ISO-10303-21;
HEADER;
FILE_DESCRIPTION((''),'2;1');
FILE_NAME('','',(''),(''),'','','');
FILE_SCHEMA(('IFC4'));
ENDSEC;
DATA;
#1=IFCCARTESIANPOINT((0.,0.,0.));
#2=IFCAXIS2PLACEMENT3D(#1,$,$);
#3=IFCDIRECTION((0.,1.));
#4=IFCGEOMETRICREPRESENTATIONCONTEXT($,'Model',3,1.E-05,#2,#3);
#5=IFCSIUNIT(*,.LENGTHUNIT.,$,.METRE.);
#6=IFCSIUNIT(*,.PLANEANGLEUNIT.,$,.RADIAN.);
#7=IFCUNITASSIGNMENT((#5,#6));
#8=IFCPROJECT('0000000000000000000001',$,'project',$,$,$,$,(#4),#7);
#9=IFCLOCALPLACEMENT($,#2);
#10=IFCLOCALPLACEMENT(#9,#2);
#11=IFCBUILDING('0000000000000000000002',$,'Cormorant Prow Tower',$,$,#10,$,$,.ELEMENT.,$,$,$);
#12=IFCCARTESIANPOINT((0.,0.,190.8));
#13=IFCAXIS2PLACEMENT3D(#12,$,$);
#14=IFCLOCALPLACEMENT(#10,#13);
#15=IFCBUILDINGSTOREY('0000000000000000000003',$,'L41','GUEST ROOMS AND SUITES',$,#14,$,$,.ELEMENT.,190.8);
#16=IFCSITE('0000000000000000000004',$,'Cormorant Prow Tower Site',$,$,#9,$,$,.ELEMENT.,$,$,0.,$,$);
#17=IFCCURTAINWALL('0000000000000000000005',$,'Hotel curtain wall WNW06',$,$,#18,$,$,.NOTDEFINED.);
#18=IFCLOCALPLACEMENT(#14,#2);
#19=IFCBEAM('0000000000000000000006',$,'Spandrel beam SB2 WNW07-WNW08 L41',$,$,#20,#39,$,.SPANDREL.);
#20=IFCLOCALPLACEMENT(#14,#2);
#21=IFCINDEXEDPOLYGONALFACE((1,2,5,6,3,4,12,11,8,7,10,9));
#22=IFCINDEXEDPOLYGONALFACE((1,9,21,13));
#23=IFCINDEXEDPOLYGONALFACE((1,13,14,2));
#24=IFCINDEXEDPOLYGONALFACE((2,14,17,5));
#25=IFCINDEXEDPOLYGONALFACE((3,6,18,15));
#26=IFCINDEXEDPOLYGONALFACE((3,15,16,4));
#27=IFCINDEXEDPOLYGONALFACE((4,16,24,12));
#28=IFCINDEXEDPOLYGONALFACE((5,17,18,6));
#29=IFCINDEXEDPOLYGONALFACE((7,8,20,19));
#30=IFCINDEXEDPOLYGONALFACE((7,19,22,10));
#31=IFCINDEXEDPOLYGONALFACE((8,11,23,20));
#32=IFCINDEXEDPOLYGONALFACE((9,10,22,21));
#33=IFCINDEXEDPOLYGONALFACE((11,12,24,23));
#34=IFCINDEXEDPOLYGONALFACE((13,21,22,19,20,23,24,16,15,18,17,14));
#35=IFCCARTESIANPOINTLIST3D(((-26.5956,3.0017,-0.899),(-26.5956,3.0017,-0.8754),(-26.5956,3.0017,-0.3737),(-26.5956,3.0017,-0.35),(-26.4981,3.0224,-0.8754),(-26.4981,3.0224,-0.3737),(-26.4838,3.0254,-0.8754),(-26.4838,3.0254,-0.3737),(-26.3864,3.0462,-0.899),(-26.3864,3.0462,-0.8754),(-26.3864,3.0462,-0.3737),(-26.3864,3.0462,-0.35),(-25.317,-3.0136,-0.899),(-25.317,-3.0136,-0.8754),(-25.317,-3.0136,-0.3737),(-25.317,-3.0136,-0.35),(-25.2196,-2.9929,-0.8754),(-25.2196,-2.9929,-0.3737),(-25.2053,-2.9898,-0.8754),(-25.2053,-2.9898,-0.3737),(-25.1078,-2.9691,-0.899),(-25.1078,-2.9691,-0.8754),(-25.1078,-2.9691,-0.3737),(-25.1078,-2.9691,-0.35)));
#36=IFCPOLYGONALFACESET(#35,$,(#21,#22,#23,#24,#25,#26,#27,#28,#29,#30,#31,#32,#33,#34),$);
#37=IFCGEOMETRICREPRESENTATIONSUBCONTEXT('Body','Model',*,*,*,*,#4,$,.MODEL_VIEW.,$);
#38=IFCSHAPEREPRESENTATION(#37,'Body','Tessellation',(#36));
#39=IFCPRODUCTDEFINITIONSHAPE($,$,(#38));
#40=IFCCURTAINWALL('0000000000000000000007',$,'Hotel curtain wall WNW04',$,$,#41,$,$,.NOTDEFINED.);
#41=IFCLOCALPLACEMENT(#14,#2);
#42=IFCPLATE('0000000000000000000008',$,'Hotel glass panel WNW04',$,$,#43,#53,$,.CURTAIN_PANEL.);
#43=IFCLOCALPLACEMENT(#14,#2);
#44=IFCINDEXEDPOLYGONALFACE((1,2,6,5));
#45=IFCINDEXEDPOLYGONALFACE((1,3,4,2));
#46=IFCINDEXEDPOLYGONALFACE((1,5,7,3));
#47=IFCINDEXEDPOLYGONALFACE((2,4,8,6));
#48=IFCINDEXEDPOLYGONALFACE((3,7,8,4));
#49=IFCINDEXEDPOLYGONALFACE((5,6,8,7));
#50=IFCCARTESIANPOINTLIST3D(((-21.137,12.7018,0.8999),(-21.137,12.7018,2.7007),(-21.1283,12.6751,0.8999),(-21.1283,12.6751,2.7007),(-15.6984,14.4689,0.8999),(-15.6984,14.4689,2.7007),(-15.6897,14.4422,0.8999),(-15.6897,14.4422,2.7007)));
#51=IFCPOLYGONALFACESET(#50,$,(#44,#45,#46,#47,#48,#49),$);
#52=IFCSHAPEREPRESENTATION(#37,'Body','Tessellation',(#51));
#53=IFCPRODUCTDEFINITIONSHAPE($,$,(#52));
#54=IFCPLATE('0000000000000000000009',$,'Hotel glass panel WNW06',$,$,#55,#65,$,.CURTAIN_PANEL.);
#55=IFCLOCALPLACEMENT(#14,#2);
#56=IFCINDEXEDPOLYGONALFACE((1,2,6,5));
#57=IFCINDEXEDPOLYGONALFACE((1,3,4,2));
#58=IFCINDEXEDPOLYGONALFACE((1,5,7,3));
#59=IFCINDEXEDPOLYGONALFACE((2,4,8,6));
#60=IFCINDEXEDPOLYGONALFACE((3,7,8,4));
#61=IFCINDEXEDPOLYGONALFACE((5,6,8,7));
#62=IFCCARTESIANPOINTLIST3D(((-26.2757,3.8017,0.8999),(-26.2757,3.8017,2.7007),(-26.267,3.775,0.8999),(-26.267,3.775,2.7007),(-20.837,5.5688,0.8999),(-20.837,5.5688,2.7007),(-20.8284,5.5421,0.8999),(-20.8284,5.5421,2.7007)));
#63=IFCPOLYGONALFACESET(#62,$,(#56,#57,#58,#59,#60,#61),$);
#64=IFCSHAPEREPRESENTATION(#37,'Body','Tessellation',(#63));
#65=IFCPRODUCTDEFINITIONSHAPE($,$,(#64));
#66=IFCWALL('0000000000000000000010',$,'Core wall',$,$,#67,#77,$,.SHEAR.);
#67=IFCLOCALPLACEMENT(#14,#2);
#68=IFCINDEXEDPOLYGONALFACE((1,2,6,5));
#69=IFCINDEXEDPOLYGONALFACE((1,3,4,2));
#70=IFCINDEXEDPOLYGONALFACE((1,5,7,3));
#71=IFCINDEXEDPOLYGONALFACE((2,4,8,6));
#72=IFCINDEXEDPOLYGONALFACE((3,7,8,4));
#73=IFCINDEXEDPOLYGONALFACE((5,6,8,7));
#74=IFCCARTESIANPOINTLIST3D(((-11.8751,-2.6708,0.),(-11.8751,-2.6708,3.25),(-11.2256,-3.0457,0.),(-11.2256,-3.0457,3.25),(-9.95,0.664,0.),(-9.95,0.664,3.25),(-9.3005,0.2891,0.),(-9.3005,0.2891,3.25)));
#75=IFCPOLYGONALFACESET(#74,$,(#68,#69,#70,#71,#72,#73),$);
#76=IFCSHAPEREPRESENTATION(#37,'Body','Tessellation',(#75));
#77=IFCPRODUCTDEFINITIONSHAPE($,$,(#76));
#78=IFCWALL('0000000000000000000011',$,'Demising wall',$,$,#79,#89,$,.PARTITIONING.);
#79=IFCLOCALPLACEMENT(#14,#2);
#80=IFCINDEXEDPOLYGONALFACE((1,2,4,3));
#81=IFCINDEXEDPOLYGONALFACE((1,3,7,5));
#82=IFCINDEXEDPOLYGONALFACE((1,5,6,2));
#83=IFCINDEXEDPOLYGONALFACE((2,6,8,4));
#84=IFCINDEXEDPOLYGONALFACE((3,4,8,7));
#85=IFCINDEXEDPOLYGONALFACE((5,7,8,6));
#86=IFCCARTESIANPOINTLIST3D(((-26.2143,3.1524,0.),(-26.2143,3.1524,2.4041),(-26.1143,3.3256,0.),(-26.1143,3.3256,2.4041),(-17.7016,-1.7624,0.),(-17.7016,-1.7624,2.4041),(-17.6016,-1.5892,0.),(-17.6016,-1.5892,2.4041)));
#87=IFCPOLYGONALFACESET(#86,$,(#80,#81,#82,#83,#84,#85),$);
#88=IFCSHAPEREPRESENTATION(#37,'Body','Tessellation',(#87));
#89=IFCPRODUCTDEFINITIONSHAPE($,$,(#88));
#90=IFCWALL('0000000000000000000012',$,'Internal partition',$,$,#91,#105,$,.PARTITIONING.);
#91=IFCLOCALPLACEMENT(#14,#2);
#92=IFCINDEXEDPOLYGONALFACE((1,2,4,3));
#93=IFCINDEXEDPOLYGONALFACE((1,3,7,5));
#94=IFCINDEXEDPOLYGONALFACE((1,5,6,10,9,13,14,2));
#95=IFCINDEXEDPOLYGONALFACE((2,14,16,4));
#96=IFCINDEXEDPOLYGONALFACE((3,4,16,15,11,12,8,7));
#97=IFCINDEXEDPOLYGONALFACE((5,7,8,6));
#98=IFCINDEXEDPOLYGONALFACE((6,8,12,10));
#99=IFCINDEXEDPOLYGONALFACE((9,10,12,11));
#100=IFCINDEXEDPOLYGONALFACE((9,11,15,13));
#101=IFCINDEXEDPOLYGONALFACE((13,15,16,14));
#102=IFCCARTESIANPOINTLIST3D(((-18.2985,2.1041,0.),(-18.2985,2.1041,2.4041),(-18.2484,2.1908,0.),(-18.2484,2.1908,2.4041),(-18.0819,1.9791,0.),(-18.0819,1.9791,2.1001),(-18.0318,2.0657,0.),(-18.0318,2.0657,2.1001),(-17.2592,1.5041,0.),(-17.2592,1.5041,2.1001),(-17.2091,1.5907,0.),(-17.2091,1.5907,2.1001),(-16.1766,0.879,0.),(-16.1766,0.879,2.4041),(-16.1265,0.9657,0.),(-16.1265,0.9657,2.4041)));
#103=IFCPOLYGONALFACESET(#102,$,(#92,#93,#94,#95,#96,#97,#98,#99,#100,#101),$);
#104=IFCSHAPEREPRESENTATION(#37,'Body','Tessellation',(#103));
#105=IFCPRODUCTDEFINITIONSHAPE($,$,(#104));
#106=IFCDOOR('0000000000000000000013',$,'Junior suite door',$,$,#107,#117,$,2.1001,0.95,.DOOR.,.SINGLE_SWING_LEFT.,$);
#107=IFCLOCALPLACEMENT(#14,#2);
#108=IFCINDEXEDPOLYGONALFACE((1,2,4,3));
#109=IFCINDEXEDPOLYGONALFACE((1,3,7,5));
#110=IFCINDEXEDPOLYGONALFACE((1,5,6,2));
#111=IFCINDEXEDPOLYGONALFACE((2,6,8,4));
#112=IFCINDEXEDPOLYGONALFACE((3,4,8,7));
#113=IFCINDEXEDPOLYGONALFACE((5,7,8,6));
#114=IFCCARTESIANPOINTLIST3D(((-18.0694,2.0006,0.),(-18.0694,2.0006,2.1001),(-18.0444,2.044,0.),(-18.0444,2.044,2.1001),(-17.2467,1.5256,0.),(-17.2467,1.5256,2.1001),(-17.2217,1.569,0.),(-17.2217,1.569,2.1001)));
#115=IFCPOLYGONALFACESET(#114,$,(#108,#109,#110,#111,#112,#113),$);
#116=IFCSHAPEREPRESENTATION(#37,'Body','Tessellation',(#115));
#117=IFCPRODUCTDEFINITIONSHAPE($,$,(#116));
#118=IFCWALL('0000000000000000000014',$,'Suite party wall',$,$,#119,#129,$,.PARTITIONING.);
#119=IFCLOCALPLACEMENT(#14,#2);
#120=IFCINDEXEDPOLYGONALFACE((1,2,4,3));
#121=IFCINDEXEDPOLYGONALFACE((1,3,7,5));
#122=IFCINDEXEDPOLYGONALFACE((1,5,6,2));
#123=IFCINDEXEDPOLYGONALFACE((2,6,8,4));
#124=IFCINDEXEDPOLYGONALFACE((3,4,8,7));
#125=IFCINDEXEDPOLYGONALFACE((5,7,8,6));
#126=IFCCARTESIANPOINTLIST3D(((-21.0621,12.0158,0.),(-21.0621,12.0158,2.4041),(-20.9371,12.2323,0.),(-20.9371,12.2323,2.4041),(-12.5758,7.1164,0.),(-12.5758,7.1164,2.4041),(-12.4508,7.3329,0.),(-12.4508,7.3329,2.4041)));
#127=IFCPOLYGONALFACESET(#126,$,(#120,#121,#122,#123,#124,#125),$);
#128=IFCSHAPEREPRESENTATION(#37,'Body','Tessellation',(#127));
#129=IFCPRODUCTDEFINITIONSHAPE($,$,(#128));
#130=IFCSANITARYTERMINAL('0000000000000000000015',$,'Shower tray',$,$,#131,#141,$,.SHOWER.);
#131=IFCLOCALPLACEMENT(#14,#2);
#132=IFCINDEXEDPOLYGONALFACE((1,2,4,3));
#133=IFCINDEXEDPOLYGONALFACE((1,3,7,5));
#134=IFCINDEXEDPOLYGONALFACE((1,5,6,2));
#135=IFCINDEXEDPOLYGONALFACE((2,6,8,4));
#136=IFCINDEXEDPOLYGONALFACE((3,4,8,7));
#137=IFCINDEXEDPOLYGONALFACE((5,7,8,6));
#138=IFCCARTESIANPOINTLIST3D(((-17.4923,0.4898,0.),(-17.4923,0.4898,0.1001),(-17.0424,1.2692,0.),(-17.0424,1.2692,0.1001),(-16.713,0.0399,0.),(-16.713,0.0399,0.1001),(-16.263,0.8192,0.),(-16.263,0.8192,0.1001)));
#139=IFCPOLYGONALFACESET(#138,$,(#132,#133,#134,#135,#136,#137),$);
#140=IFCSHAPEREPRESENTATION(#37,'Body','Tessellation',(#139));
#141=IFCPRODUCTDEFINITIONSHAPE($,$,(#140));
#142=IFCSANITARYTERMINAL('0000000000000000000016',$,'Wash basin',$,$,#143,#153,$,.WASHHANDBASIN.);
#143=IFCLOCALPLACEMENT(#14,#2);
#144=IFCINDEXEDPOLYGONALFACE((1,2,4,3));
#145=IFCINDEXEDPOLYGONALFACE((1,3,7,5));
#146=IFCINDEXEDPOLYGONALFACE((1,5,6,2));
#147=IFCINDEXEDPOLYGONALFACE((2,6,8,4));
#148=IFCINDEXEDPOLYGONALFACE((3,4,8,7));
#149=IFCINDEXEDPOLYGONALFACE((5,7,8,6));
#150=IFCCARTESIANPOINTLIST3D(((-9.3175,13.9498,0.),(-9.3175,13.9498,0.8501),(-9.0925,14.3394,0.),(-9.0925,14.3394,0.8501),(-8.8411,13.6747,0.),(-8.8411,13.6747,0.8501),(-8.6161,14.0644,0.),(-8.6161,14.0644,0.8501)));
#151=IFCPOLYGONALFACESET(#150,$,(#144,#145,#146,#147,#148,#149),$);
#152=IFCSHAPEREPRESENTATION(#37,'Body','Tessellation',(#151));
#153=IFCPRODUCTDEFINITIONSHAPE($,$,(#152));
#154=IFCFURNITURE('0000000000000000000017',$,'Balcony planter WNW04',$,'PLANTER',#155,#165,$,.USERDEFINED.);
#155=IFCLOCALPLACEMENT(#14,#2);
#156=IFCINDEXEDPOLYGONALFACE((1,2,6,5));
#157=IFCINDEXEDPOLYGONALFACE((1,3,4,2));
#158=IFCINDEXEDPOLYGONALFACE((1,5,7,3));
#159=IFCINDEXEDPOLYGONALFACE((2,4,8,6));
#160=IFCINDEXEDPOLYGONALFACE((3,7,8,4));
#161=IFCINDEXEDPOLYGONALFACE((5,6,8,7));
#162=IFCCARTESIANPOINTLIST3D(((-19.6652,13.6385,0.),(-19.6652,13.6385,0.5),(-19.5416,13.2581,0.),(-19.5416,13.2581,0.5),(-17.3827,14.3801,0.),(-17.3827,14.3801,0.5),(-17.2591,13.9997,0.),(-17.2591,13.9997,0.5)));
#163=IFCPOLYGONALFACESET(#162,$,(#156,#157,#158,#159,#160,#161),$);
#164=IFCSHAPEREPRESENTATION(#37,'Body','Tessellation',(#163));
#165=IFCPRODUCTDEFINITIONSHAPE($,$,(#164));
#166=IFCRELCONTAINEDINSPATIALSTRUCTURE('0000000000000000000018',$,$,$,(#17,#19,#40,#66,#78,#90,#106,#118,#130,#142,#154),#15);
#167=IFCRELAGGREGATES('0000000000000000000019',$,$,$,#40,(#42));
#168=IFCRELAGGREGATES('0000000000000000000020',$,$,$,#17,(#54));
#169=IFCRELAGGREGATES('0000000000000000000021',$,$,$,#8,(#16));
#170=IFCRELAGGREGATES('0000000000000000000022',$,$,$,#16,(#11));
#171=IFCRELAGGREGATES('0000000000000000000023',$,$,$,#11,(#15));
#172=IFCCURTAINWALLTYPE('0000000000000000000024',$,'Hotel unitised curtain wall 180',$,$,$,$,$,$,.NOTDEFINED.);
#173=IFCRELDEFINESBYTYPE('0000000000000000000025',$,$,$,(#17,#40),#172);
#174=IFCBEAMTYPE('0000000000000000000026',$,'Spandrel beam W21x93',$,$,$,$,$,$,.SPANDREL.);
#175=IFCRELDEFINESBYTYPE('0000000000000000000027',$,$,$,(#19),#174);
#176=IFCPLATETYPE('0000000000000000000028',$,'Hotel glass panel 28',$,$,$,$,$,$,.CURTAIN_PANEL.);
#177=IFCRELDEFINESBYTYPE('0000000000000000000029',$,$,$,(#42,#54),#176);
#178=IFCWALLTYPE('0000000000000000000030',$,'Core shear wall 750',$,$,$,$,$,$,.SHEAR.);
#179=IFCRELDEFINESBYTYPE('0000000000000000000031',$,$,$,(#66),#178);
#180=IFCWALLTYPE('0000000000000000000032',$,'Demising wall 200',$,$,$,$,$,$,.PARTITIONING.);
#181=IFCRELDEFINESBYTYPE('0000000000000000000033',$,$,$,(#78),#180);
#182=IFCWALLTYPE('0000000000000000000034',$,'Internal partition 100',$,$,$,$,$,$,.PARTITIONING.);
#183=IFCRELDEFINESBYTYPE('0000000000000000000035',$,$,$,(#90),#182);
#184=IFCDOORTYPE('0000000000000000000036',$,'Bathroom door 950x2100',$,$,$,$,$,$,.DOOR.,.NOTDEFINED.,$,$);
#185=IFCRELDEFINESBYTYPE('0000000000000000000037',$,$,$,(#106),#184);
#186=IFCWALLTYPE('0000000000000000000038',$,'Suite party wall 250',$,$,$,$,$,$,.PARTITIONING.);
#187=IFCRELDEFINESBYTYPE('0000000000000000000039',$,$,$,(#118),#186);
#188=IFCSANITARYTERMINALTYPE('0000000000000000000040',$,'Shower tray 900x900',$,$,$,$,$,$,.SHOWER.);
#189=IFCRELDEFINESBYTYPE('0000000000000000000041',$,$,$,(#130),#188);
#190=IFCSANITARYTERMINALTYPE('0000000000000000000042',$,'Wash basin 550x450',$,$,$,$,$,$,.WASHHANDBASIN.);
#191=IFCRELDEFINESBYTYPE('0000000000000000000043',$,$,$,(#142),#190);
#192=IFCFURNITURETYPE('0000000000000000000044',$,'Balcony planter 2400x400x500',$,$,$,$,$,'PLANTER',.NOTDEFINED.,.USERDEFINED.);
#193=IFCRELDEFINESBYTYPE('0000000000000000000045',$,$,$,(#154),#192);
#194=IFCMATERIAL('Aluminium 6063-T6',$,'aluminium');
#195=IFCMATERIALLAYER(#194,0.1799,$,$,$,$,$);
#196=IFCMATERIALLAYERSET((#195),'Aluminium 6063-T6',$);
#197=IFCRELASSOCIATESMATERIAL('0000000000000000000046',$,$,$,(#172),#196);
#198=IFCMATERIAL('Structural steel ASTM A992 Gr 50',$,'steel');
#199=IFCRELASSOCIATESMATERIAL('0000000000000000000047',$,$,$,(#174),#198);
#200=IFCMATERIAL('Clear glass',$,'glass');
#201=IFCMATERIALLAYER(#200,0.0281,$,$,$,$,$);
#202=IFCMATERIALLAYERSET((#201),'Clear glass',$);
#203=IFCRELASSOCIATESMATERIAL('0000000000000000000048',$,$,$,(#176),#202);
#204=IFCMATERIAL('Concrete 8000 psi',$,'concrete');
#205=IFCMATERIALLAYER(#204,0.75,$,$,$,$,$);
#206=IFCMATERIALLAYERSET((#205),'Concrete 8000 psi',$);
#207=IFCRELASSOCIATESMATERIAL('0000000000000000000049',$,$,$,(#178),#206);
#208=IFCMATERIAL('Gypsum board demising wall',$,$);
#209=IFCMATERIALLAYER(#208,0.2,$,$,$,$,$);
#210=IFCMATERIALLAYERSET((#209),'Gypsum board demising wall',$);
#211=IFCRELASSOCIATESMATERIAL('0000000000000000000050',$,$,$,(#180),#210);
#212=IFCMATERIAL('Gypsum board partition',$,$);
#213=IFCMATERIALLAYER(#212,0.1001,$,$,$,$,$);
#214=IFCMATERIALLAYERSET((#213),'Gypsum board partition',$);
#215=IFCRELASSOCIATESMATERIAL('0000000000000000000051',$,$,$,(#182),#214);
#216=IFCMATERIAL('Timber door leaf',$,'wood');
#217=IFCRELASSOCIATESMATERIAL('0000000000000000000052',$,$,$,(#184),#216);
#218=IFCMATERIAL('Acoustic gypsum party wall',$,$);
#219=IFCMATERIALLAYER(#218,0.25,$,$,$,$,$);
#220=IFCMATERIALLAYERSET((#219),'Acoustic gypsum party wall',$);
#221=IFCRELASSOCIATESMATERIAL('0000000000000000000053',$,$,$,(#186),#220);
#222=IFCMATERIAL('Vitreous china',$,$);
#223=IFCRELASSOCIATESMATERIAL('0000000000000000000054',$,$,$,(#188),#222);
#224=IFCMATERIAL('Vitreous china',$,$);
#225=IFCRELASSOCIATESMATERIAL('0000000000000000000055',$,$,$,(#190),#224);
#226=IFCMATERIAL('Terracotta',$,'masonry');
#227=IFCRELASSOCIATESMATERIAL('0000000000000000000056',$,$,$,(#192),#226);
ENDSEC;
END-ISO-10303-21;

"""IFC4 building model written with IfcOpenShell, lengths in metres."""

from ifc_helpers import new_model, si_unit, direction, frame, frame_2d, origin, origin_2d, place, context, subcontext, project, spatial, rectangle, i_section, extrude, material, layer, layer_set, material_profile, profile_set, type_object, element, fill, aggregate, save


model = new_model("IFC4")

# Units and contexts
model_context = context("Model", 3, precision=1e-05, world=origin(), true_north=direction((0.0, 1.0)))
body_context = subcontext(model_context, "Body", "Model", "MODEL_VIEW")
ifc_project = project(units=[si_unit("LENGTHUNIT", "METRE"), si_unit("PLANEANGLEUNIT", "RADIAN")], contexts=[model_context])

# Site, building, storey
site_placement = place(None, origin())
site = spatial("IfcSite", under=ifc_project, at=site_placement, Name="Cormorant Prow Tower Site", CompositionType="ELEMENT", RefElevation=0.0)
building_placement = place(site_placement, origin())
building = spatial("IfcBuilding", under=site, at=building_placement, Name="Cormorant Prow Tower", CompositionType="ELEMENT")
storey_placement = place(building_placement, frame((0.0, 0.0, 190.8)))
storey = spatial("IfcBuildingStorey", under=building, at=storey_placement, Name="L41", Description="GUEST ROOMS AND SUITES", CompositionType="ELEMENT", Elevation=190.8)

# Curtain wall
ifc_material_1 = material(Name="Aluminium 6063-T6", Category="aluminium")
ifc_layer_1 = layer(ifc_material_1, 0.1799)
ifc_layer_set_1 = layer_set([ifc_layer_1], Name="Aluminium 6063-T6")
curtain_wall_type = type_object("IfcCurtainWallType", Name="Hotel unitised curtain wall 180", PredefinedType="NOTDEFINED", material=ifc_layer_set_1)
curtain_wall_1_placement = place(storey_placement, origin())
curtain_wall_1 = element("IfcCurtainWall", 1, at=curtain_wall_1_placement, inside=storey, type_object=curtain_wall_type, Name="Hotel curtain wall WNW06", PredefinedType="NOTDEFINED")

# Beam
ifc_material_2 = material(Name="Structural steel ASTM A992 Gr 50", Category="steel")
ifc_material_profile_1 = material_profile(ifc_material_2, i_section(OverallWidth=0.2139, OverallDepth=0.5491, WebThickness=0.0146, FlangeThickness=0.0237, at=origin_2d()), Name="W21x93")
ifc_profile_set_1 = profile_set([ifc_material_profile_1], Name="Structural steel ASTM A992 Gr 50")
beam_type_1 = type_object("IfcBeamType", Name="Spandrel beam W21x93", PredefinedType="SPANDREL", material=ifc_profile_set_1)
beam_1_placement = place(storey_placement, frame((-26.491, 3.0239, -0.6245), z_axis=(0.207905, -0.978149, 0.0), x_axis=(0.978149, 0.207905, 0.0)))
element("IfcBeam", 2, at=beam_1_placement, inside=storey, type_object=beam_type_1, Name="Spandrel beam SB2 WNW07-WNW08 L41", PredefinedType="SPANDREL", context=body_context, shape_type="SweptSolid", body=[
    extrude(i_section(OverallWidth=0.2139, OverallDepth=0.5491, WebThickness=0.0146, FlangeThickness=0.0237, at=origin_2d()), origin(), (0.0, 0.0, 1.0), 6.1497),
])

# Curtain wall, plate
curtain_wall_2_placement = place(storey_placement, origin())
curtain_wall_2 = element("IfcCurtainWall", 3, at=curtain_wall_2_placement, inside=storey, type_object=curtain_wall_type, Name="Hotel curtain wall WNW04", PredefinedType="NOTDEFINED")
ifc_material_3 = material(Name="Clear glass", Category="glass")
ifc_layer_2 = layer(ifc_material_3, 0.0281)
ifc_layer_set_2 = layer_set([ifc_layer_2], Name="Clear glass")
plate_type = type_object("IfcPlateType", Name="Hotel glass panel 28", PredefinedType="CURTAIN_PANEL", material=ifc_layer_set_2)
plate_1_placement = place(storey_placement, frame((-18.4133, 13.572, 0.8999), z_axis=(0.0, 0.0, 1.0), x_axis=(-0.951057, -0.309017, 0.0)))
plate_1 = element("IfcPlate", 4, at=plate_1_placement, type_object=plate_type, Name="Hotel glass panel WNW04", PredefinedType="CURTAIN_PANEL", context=body_context, shape_type="SweptSolid", body=[
    extrude(rectangle(XDim=5.7185, YDim=0.0281, at=origin_2d()), origin(), (0.0, 0.0, 1.0), 1.8008),
])
aggregate(curtain_wall_2, [plate_1])

# Plate
plate_2_placement = place(storey_placement, frame((-23.552, 4.6719, 0.8999), z_axis=(0.0, 0.0, 1.0), x_axis=(-0.951057, -0.309017, 0.0)))
plate_2 = element("IfcPlate", 5, at=plate_2_placement, type_object=plate_type, Name="Hotel glass panel WNW06", PredefinedType="CURTAIN_PANEL", context=body_context, shape_type="SweptSolid", body=[
    extrude(rectangle(XDim=5.7185, YDim=0.0281, at=origin_2d()), origin(), (0.0, 0.0, 1.0), 1.8008),
])
aggregate(curtain_wall_1, [plate_2])

# Walls
ifc_material_4 = material(Name="Concrete 8000 psi", Category="concrete")
ifc_layer_3 = layer(ifc_material_4, 0.75)
ifc_layer_set_3 = layer_set([ifc_layer_3], Name="Concrete 8000 psi")
wall_type_1 = type_object("IfcWallType", Name="Core shear wall 750", PredefinedType="SHEAR", material=ifc_layer_set_3)
wall_1_placement = place(storey_placement, frame((-9.6252, 0.4766, 0.0), z_axis=(0.0, 0.0, 1.0), x_axis=(-0.499951, -0.866054, 0.0)))
element("IfcWall", 6, at=wall_1_placement, inside=storey, type_object=wall_type_1, Name="Core wall", PredefinedType="SHEAR", context=body_context, shape_type="SweptSolid", body=[
    extrude(rectangle(XDim=3.8506, YDim=0.75, at=frame_2d((1.9253, 0.0))), origin(), (0.0, 0.0, 1.0), 3.25),
])
ifc_material_5 = material(Name="Gypsum board demising wall")
ifc_layer_4 = layer(ifc_material_5, 0.2)
ifc_layer_set_4 = layer_set([ifc_layer_4], Name="Gypsum board demising wall")
wall_type_2 = type_object("IfcWallType", Name="Demising wall 200", PredefinedType="PARTITIONING", material=ifc_layer_set_4)
wall_2_placement = place(storey_placement, frame((-26.1643, 3.239, 0.0), z_axis=(0.0, 0.0, 1.0), x_axis=(0.866026, -0.499999, 0.0)))
element("IfcWall", 7, at=wall_2_placement, inside=storey, type_object=wall_type_2, Name="Demising wall", PredefinedType="PARTITIONING", context=body_context, shape_type="SweptSolid", body=[
    extrude(rectangle(XDim=9.8296, YDim=0.2, at=frame_2d((4.9148, 0.0))), origin(), (0.0, 0.0, 1.0), 2.4041),
])

# Wall, opening, door
ifc_material_6 = material(Name="Gypsum board partition")
ifc_layer_5 = layer(ifc_material_6, 0.1001)
ifc_layer_set_5 = layer_set([ifc_layer_5], Name="Gypsum board partition")
wall_type_3 = type_object("IfcWallType", Name="Internal partition 100", PredefinedType="PARTITIONING", material=ifc_layer_set_5)
wall_3_placement = place(storey_placement, frame((-18.2734, 2.1475, 0.0), z_axis=(0.0, 0.0, 1.0), x_axis=(0.866015, -0.500019, 0.0)))
wall_3 = element("IfcWall", 8, at=wall_3_placement, inside=storey, type_object=wall_type_3, Name="Internal partition", PredefinedType="PARTITIONING", context=body_context, shape_type="SweptSolid", body=[
    extrude(rectangle(XDim=2.4502, YDim=0.1001, at=frame_2d((1.2251, 0.0))), origin(), (0.0, 0.0, 1.0), 2.4041),
])
opening_1_placement = place(wall_3_placement, frame((0.25, 0.0, 0.0)))
opening_1 = element("IfcOpeningElement", 9, at=opening_1_placement, cuts=wall_3, PredefinedType="OPENING", context=body_context, shape_type="SweptSolid", body=[
    extrude(rectangle(XDim=0.95, YDim=2.1001, at=frame_2d((0.4751, 1.05))), frame((0.0, 0.0601, 0.0), z_axis=(0.0, -1.0, 0.0), x_axis=(1.0, 0.0, 0.0)), (0.0, 0.0, 1.0), 0.1201),
])
ifc_material_7 = material(Name="Timber door leaf", Category="wood")
door_type_1 = type_object("IfcDoorType", Name="Bathroom door 950x2100", OperationType="NOTDEFINED", PredefinedType="DOOR", material=ifc_material_7)
door_1_placement = place(opening_1_placement, origin())
door_1 = element("IfcDoor", 10, at=door_1_placement, inside=storey, type_object=door_type_1, Name="Junior suite door", OperationType="SINGLE_SWING_LEFT", OverallHeight=2.1001, OverallWidth=0.95, PredefinedType="DOOR", context=body_context, shape_type="SweptSolid", body=[
    extrude(rectangle(XDim=0.95, YDim=2.1001, at=frame_2d((0.4751, 1.05))), frame((0.0, 0.0249, 0.0), z_axis=(0.0, -1.0, 0.0), x_axis=(1.0, 0.0, 0.0)), (0.0, 0.0, 1.0), 0.05),
])
fill(opening_1, door_1)

# Wall
ifc_material_8 = material(Name="Acoustic gypsum party wall")
ifc_layer_6 = layer(ifc_material_8, 0.25)
ifc_layer_set_6 = layer_set([ifc_layer_6], Name="Acoustic gypsum party wall")
wall_type_4 = type_object("IfcWallType", Name="Suite party wall 250", PredefinedType="PARTITIONING", material=ifc_layer_set_6)
wall_4_placement = place(storey_placement, frame((-20.9995, 12.124, 0.0), z_axis=(0.0, 0.0, 1.0), x_axis=(0.866033, -0.499987, 0.0)))
element("IfcWall", 11, at=wall_4_placement, inside=storey, type_object=wall_type_4, Name="Suite party wall", PredefinedType="PARTITIONING", context=body_context, shape_type="SweptSolid", body=[
    extrude(rectangle(XDim=9.7991, YDim=0.25, at=frame_2d((4.8994, 0.0))), origin(), (0.0, 0.0, 1.0), 2.4041),
])

# Sanitary terminals
ifc_material_9 = material(Name="Vitreous china")
sanitary_terminal_type_1 = type_object("IfcSanitaryTerminalType", Name="Shower tray 900x900", PredefinedType="SHOWER", material=ifc_material_9)
sanitary_terminal_1_placement = place(storey_placement, frame((-16.8777, 0.6545, 0.0), z_axis=(0.0, 0.0, 1.0), x_axis=(-0.5, -0.866025, 0.0)))
element("IfcSanitaryTerminal", 12, at=sanitary_terminal_1_placement, inside=storey, type_object=sanitary_terminal_type_1, Name="Shower tray", PredefinedType="SHOWER", context=body_context, shape_type="SweptSolid", body=[
    extrude(rectangle(XDim=0.8999, YDim=0.8999, at=origin_2d()), origin(), (0.0, 0.0, 1.0), 0.1001),
])
ifc_material_10 = material(Name="Vitreous china")
sanitary_terminal_type_2 = type_object("IfcSanitaryTerminalType", Name="Wash basin 550x450", PredefinedType="WASHHANDBASIN", material=ifc_material_10)
sanitary_terminal_2_placement = place(storey_placement, frame((-8.9668, 14.0071, 0.0), z_axis=(0.0, 0.0, 1.0), x_axis=(-0.866025, 0.5, 0.0)))
element("IfcSanitaryTerminal", 13, at=sanitary_terminal_2_placement, inside=storey, type_object=sanitary_terminal_type_2, Name="Wash basin", PredefinedType="WASHHANDBASIN", context=body_context, shape_type="SweptSolid", body=[
    extrude(rectangle(XDim=0.55, YDim=0.45, at=origin_2d()), origin(), (0.0, 0.0, 1.0), 0.8501),
])

# Furniture
ifc_material_11 = material(Name="Terracotta", Category="masonry")
furniture_type = type_object("IfcFurnitureType", Name="Balcony planter 2400x400x500", ElementType="PLANTER", AssemblyPlace="NOTDEFINED", PredefinedType="USERDEFINED", material=ifc_material_11)
furniture_placement = place(storey_placement, frame((-18.4622, 13.8191, 0.0), z_axis=(0.0, 0.0, 1.0), x_axis=(-0.951057, -0.309017, 0.0)))
element("IfcFurniture", 14, at=furniture_placement, inside=storey, type_object=furniture_type, Name="Balcony planter WNW04", ObjectType="PLANTER", PredefinedType="USERDEFINED", context=body_context, shape_type="SweptSolid", body=[
    extrude(rectangle(XDim=2.3999, YDim=0.3999, at=origin_2d()), origin(), (0.0, 0.0, 1.0), 0.5),
])

save(model, "model.ifc")
